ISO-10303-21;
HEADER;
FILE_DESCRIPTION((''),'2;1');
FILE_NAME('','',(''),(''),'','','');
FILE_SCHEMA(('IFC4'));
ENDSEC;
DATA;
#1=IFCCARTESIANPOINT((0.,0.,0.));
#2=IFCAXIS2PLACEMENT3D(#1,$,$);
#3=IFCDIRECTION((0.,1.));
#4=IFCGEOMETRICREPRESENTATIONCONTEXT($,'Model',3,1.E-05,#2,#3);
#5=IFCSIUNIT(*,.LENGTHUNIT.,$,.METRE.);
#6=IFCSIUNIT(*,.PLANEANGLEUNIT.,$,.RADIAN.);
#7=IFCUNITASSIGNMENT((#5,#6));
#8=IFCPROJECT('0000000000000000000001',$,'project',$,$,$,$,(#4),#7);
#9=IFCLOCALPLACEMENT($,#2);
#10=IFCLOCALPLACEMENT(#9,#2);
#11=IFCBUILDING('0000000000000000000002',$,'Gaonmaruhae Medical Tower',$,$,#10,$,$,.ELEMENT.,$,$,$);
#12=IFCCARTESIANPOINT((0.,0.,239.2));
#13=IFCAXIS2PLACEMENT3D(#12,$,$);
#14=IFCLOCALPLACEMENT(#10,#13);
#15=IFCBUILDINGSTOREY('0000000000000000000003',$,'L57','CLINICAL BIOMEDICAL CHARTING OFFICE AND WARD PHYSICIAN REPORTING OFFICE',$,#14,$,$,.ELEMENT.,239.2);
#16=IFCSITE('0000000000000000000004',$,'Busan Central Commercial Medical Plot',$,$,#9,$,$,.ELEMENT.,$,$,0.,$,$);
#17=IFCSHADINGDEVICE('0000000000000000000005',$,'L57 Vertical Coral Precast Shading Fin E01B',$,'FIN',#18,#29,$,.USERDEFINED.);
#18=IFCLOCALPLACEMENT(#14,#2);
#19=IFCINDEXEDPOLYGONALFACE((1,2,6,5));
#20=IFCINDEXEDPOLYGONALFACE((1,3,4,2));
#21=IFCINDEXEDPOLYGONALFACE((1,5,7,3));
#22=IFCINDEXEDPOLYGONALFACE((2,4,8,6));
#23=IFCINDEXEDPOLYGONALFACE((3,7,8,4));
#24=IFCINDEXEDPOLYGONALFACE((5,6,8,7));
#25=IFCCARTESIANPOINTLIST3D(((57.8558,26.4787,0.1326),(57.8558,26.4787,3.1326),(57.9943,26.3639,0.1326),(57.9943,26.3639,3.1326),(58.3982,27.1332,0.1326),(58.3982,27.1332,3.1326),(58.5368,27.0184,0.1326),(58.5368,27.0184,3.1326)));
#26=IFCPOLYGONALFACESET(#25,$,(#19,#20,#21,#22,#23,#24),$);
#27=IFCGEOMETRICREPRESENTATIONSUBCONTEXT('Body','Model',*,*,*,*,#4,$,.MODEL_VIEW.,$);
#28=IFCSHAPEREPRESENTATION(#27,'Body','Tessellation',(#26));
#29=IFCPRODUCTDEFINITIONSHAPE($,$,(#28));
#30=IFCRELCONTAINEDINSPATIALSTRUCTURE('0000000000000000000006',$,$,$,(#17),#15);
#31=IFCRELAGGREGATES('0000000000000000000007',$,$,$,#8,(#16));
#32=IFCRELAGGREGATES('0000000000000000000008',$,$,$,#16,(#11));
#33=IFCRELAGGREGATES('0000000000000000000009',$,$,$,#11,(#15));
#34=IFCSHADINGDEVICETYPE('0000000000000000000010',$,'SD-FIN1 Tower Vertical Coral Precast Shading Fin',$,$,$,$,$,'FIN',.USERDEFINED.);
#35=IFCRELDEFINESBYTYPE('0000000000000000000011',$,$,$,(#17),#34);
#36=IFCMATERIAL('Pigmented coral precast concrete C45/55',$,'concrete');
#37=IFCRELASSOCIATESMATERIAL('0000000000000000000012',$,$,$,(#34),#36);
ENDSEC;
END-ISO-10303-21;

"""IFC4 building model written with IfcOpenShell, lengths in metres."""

from ifc_helpers import new_model, si_unit, direction, frame, origin, origin_2d, place, context, subcontext, project, spatial, rectangle, extrude, material, type_object, element, save


model = new_model("IFC4")

# Units and contexts
model_context = context("Model", 3, precision=1e-05, world=origin(), true_north=direction((0.0, 1.0)))
body_context = subcontext(model_context, "Body", "Model", "MODEL_VIEW")
ifc_project = project(units=[si_unit("LENGTHUNIT", "METRE"), si_unit("PLANEANGLEUNIT", "RADIAN")], contexts=[model_context])

# Site, building, storey
site_placement = place(None, origin())
site = spatial("IfcSite", under=ifc_project, at=site_placement, Name="Busan Central Commercial Medical Plot", CompositionType="ELEMENT", RefElevation=0.0)
building_placement = place(site_placement, origin())
building = spatial("IfcBuilding", under=site, at=building_placement, Name="Gaonmaruhae Medical Tower", CompositionType="ELEMENT")
storey_placement = place(building_placement, frame((0.0, 0.0, 239.2)))
storey = spatial("IfcBuildingStorey", under=building, at=storey_placement, Name="L57", Description="CLINICAL BIOMEDICAL CHARTING OFFICE AND WARD PHYSICIAN REPORTING OFFICE", CompositionType="ELEMENT", Elevation=239.2)

# Shading device
ifc_material_1 = material(Name="Pigmented coral precast concrete C45/55", Category="concrete")
shading_device_type = type_object("IfcShadingDeviceType", Name="SD-FIN1 Tower Vertical Coral Precast Shading Fin", ElementType="FIN", PredefinedType="USERDEFINED", material=ifc_material_1)
for number, where, z_axis, x_axis, name in (
    (1, (58.1963, 26.7485, 0.1326), (0.0, 0.0, 1.0), (0.769957, -0.638096, 0.0), "L57 Vertical Coral Precast Shading Fin E01B"),
):
    element("IfcShadingDevice", number, at=place(storey_placement, frame(where, z_axis=z_axis, x_axis=x_axis)), inside=storey, type_object=shading_device_type, Name=name, ObjectType="FIN", PredefinedType="USERDEFINED", context=body_context, shape_type="SweptSolid", body=[
        extrude(rectangle(XDim=0.1799, YDim=0.8501, at=origin_2d()), origin(), (0.0, 0.0, 1.0), 3.0),
    ])

save(model, "model.ifc")
